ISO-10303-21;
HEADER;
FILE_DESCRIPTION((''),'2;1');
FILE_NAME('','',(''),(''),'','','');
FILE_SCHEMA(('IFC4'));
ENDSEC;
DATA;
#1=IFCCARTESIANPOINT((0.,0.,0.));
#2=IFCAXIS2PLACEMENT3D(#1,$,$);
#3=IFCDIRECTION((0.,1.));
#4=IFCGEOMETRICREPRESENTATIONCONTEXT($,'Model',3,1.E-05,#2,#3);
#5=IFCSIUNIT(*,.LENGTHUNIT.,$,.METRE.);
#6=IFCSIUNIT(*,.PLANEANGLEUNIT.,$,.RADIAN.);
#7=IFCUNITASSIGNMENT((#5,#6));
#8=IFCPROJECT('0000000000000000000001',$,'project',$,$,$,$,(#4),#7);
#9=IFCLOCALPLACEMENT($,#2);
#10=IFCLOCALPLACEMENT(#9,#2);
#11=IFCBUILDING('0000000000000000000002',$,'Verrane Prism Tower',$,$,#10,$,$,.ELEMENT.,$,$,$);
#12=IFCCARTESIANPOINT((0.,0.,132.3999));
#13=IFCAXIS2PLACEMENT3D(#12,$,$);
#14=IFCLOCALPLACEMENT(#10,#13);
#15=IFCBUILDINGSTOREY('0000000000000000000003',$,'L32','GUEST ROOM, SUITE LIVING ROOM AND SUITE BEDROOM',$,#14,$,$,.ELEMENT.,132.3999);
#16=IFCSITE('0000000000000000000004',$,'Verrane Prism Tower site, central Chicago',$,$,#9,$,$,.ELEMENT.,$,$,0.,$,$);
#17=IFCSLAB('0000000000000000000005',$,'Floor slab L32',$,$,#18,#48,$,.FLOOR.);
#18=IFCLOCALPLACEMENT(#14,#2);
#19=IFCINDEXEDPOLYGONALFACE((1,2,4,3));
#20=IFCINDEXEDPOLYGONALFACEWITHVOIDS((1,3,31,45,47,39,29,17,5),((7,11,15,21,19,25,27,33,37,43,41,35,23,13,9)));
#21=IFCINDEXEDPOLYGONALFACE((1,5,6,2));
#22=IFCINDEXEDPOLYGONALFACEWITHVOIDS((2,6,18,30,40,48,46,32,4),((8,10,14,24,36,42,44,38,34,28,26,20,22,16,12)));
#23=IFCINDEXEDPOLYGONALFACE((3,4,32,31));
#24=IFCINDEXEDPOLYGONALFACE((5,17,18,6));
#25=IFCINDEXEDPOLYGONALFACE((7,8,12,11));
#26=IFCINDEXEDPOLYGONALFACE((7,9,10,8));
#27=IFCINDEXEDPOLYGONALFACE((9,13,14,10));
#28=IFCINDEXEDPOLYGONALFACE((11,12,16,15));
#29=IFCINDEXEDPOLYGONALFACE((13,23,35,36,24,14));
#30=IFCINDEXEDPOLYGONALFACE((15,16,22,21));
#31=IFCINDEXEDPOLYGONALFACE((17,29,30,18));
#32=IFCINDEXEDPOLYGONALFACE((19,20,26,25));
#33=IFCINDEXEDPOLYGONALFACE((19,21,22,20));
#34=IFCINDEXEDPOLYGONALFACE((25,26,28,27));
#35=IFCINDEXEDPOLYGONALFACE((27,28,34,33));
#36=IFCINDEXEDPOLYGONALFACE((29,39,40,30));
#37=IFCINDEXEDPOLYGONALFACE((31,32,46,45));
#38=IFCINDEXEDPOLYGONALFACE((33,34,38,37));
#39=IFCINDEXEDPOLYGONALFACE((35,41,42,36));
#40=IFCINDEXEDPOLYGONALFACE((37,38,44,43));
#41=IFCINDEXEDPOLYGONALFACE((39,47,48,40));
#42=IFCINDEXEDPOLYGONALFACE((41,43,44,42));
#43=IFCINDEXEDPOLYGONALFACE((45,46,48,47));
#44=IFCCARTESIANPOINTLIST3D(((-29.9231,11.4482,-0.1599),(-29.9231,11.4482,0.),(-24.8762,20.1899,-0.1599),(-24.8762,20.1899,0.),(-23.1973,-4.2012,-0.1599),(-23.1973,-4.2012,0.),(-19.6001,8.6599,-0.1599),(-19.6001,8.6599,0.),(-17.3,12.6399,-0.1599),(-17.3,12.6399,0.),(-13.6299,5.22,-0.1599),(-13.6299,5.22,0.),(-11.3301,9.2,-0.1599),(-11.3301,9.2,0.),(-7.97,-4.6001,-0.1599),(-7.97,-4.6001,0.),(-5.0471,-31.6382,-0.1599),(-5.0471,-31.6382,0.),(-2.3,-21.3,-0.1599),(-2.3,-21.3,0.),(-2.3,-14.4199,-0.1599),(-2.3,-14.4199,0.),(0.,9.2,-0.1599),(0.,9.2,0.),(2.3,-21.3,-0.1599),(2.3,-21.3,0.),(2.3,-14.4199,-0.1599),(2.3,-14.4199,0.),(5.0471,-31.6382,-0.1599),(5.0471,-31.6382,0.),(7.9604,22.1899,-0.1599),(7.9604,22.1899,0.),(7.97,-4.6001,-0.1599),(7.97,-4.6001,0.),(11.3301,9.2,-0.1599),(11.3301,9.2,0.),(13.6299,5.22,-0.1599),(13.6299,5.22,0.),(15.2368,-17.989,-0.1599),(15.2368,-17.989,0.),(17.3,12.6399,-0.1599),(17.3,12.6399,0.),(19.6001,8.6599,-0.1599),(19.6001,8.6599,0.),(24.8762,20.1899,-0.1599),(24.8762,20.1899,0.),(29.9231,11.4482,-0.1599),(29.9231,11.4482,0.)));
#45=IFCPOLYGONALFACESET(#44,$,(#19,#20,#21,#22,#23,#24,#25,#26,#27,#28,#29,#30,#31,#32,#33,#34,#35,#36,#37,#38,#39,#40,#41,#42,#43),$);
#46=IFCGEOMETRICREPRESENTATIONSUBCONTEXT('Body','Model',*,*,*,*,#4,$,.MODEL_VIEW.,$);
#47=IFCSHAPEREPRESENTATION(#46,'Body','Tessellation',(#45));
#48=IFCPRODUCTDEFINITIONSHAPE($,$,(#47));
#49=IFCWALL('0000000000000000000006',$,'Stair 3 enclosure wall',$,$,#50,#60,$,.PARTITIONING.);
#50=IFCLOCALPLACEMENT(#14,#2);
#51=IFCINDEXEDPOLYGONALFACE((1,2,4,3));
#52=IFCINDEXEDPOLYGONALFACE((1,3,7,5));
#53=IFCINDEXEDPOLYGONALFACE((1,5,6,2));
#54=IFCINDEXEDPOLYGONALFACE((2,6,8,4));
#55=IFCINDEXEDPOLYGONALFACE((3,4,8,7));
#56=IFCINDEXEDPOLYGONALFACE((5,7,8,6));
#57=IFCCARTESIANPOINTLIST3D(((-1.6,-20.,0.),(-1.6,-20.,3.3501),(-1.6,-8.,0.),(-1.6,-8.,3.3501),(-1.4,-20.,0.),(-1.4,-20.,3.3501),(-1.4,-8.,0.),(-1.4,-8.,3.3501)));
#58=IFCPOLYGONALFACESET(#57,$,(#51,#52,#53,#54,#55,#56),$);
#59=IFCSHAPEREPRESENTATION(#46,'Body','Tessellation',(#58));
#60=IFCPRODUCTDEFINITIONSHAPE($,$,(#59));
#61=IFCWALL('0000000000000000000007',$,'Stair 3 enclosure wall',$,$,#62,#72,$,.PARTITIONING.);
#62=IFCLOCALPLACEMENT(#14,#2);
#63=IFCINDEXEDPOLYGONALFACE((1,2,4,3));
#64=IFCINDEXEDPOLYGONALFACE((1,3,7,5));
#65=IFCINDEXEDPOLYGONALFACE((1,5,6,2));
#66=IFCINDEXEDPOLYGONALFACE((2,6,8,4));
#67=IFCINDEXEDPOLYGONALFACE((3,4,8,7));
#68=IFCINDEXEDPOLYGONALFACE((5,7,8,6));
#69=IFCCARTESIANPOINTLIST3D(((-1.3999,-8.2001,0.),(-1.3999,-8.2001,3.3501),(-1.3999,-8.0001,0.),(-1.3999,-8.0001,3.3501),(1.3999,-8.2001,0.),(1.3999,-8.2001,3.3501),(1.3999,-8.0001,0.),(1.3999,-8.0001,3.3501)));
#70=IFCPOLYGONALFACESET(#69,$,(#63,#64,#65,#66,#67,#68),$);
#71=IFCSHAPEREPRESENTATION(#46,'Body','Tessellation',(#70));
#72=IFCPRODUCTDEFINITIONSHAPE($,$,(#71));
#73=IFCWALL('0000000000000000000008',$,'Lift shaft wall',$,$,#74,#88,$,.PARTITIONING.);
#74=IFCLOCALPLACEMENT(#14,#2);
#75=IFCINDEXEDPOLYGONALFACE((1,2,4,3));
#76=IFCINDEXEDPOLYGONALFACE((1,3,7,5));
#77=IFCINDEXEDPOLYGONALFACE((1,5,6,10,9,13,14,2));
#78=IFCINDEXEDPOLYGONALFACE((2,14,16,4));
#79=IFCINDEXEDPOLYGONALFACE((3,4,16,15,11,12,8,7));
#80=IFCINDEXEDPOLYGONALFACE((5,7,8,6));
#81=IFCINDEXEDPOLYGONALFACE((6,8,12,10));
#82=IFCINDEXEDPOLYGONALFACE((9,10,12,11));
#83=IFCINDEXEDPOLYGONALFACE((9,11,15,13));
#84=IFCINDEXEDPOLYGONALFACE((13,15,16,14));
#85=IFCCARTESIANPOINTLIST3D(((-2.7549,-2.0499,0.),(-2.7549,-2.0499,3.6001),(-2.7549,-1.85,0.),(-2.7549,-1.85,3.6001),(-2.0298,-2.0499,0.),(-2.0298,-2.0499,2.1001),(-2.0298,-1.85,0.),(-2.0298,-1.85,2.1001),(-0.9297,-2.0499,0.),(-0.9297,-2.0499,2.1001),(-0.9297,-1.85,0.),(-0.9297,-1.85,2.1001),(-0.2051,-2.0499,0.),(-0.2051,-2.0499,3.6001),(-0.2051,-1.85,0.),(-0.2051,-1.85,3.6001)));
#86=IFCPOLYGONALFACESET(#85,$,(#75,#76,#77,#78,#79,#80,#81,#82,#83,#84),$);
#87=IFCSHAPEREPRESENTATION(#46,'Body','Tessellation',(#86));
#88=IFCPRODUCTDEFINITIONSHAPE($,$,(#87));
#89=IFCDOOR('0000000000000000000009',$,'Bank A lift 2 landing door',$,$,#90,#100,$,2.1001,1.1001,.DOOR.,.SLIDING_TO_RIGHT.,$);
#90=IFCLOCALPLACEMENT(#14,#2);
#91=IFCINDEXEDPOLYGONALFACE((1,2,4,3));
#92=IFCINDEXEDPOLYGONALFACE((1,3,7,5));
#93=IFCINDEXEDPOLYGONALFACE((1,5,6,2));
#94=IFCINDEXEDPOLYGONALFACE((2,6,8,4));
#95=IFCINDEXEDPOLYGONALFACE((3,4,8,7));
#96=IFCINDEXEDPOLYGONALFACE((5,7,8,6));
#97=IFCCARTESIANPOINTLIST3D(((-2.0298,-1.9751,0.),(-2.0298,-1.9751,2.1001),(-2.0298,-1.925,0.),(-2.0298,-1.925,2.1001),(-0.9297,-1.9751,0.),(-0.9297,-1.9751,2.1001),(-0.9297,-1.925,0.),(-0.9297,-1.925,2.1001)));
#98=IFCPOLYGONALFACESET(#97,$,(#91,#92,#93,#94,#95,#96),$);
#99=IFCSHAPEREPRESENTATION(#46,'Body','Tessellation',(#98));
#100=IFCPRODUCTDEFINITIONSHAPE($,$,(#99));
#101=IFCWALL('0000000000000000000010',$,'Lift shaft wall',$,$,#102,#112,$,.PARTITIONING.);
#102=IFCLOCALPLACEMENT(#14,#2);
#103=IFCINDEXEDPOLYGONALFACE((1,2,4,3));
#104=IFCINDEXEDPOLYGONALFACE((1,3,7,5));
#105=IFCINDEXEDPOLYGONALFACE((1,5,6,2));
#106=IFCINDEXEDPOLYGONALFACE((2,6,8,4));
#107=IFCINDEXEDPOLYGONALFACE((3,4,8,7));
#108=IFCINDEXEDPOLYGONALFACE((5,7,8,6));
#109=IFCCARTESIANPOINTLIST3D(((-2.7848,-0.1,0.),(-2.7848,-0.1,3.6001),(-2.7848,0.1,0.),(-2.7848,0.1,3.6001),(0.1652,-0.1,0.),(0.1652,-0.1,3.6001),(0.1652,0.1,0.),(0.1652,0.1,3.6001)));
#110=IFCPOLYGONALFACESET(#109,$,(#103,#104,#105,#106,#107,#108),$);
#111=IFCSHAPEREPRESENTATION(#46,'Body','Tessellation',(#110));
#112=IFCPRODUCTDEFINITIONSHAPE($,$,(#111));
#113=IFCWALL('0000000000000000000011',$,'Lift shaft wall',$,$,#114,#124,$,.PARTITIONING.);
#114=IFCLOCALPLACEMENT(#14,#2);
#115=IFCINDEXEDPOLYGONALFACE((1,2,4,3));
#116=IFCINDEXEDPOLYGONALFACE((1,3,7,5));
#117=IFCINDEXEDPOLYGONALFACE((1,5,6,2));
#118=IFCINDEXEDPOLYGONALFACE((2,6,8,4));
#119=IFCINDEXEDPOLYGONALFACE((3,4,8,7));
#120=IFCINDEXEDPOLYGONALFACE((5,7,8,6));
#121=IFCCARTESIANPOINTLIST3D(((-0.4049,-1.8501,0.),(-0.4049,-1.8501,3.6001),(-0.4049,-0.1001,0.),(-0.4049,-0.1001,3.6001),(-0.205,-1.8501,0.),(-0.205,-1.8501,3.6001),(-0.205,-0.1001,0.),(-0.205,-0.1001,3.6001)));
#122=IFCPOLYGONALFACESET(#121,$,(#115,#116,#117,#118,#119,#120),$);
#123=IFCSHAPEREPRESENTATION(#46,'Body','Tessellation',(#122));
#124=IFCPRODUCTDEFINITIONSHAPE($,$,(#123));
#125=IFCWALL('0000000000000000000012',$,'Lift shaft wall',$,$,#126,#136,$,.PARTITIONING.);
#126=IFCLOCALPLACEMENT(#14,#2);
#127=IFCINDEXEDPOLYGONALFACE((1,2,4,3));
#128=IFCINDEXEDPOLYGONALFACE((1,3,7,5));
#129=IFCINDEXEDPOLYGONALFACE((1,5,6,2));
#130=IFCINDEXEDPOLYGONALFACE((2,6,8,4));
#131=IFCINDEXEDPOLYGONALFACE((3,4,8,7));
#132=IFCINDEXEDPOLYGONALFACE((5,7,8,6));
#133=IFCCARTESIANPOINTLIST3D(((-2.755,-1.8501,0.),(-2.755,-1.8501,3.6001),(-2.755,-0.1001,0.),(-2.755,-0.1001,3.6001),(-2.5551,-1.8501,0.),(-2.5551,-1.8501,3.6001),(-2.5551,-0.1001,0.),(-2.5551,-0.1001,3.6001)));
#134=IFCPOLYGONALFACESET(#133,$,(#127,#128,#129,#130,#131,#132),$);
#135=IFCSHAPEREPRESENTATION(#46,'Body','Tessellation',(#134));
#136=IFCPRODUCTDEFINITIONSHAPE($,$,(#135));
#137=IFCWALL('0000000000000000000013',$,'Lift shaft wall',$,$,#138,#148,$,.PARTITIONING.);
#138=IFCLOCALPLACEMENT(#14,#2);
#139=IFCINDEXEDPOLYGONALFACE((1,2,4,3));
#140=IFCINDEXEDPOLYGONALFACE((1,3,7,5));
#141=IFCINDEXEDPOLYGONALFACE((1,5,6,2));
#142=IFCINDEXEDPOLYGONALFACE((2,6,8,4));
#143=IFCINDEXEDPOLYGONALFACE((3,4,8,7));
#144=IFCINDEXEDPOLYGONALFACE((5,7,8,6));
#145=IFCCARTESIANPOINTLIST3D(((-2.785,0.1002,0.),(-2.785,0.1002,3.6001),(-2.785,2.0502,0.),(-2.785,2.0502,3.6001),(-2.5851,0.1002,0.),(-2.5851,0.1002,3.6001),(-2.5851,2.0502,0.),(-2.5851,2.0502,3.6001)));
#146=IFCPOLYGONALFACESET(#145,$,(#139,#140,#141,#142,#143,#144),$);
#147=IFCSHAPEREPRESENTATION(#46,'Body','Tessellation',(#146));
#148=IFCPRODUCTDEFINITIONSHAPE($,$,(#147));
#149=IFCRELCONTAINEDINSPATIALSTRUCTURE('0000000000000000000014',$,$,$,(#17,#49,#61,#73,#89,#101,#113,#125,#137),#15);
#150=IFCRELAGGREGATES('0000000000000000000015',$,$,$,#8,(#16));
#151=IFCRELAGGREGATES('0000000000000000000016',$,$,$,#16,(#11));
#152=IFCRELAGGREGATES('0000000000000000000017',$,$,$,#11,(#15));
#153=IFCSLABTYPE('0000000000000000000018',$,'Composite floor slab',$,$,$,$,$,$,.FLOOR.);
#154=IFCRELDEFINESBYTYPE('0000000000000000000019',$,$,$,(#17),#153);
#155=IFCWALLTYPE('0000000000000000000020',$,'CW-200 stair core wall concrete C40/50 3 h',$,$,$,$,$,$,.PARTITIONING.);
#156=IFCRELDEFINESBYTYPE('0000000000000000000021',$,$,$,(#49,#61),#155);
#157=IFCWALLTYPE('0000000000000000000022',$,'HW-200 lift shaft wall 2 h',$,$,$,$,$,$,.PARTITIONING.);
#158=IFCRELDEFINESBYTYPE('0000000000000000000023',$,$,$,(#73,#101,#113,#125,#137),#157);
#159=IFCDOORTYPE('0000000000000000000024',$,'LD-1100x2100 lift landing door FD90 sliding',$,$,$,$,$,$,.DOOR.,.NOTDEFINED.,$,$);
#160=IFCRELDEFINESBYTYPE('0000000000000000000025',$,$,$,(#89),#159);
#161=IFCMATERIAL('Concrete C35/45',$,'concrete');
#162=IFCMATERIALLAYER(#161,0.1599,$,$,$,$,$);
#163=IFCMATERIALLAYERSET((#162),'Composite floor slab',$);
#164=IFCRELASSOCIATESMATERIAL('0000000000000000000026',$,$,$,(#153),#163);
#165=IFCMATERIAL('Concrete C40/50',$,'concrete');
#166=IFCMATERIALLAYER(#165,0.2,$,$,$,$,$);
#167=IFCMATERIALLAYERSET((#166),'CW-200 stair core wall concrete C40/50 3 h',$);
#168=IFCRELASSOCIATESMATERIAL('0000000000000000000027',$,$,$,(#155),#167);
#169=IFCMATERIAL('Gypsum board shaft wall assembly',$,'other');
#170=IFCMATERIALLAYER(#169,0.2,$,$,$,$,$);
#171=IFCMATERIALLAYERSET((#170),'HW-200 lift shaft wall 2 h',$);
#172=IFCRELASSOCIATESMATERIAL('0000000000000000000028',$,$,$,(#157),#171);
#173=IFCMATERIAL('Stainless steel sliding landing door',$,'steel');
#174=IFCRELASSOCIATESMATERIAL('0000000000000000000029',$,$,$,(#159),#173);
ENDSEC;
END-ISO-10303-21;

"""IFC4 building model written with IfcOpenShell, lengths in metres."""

from ifc_helpers import new_model, si_unit, direction, frame, frame_2d, origin, place, context, subcontext, project, spatial, polyline, rectangle, outline, extrude, material, layer, layer_set, type_object, element, fill, save


model = new_model("IFC4")

# Units and contexts
model_context = context("Model", 3, precision=1e-05, world=origin(), true_north=direction((0.0, 1.0)))
body_context = subcontext(model_context, "Body", "Model", "MODEL_VIEW")
ifc_project = project(units=[si_unit("LENGTHUNIT", "METRE"), si_unit("PLANEANGLEUNIT", "RADIAN")], contexts=[model_context])

# Site, building, storey
site_placement = place(None, origin())
site = spatial("IfcSite", under=ifc_project, at=site_placement, Name="Verrane Prism Tower site, central Chicago", CompositionType="ELEMENT", RefElevation=0.0)
building_placement = place(site_placement, origin())
building = spatial("IfcBuilding", under=site, at=building_placement, Name="Verrane Prism Tower", CompositionType="ELEMENT")
storey_placement = place(building_placement, frame((0.0, 0.0, 132.3999)))
storey = spatial("IfcBuildingStorey", under=building, at=storey_placement, Name="L32", Description="GUEST ROOM, SUITE LIVING ROOM AND SUITE BEDROOM", CompositionType="ELEMENT", Elevation=132.3999)

# Slab
ifc_material_1 = material(Name="Concrete C35/45", Category="concrete")
ifc_layer_1 = layer(ifc_material_1, 0.1599)
ifc_layer_set_1 = layer_set([ifc_layer_1], Name="Composite floor slab")
slab_type = type_object("IfcSlabType", Name="Composite floor slab", PredefinedType="FLOOR", material=ifc_layer_set_1)
slab_placement = place(storey_placement, frame((0.0, 0.0, -0.1599)))
element("IfcSlab", 1, at=slab_placement, inside=storey, type_object=slab_type, Name="Floor slab L32", PredefinedType="FLOOR", context=body_context, shape_type="SweptSolid", body=[
    extrude(outline(polyline([(15.2368, -17.989), (5.0471, -31.6382), (-5.0471, -31.6382), (-23.1973, -4.2012), (-29.9231, 11.4482), (-24.8762, 20.1899), (7.9604, 22.1899), (24.8762, 20.1899), (29.9231, 11.4482), (15.2368, -17.989)]), holes=[polyline([(19.6001, 8.6599), (17.3, 12.6399), (11.3301, 9.2), (0.0, 9.2), (-11.3301, 9.2), (-17.3, 12.6399), (-19.6001, 8.6599), (-13.6299, 5.22), (-7.97, -4.6001), (-2.3, -14.4199), (-2.3, -21.3), (2.3, -21.3), (2.3, -14.4199), (7.97, -4.6001), (13.6299, 5.22), (19.6001, 8.6599)])]), origin(), (0.0, 0.0, 1.0), 0.1599),
])

# Walls
ifc_material_2 = material(Name="Concrete C40/50", Category="concrete")
ifc_layer_2 = layer(ifc_material_2, 0.2)
ifc_layer_set_2 = layer_set([ifc_layer_2], Name="CW-200 stair core wall concrete C40/50 3 h")
wall_type_1 = type_object("IfcWallType", Name="CW-200 stair core wall concrete C40/50 3 h", PredefinedType="PARTITIONING", material=ifc_layer_set_2)
wall_1_placement = place(storey_placement, frame((-1.5, -8.0, 0.0), z_axis=(0.0, 0.0, 1.0), x_axis=(0.0, -1.0, 0.0)))
element("IfcWall", 2, at=wall_1_placement, inside=storey, type_object=wall_type_1, Name="Stair 3 enclosure wall", PredefinedType="PARTITIONING", context=body_context, shape_type="SweptSolid", body=[
    extrude(rectangle(XDim=12.0, YDim=0.2, at=frame_2d((6.0, 0.0))), origin(), (0.0, 0.0, 1.0), 3.3501),
])
wall_2_placement = place(storey_placement, frame((-1.3999, -8.1001, 0.0), z_axis=(0.0, 0.0, 1.0), x_axis=(1.0, 0.0, 0.0)))
element("IfcWall", 3, at=wall_2_placement, inside=storey, type_object=wall_type_1, Name="Stair 3 enclosure wall", PredefinedType="PARTITIONING", context=body_context, shape_type="SweptSolid", body=[
    extrude(rectangle(XDim=2.7998, YDim=0.2, at=frame_2d((1.3999, 0.0))), origin(), (0.0, 0.0, 1.0), 3.3501),
])

# Wall, opening, door
ifc_material_3 = material(Name="Gypsum board shaft wall assembly", Category="other")
ifc_layer_3 = layer(ifc_material_3, 0.2)
ifc_layer_set_3 = layer_set([ifc_layer_3], Name="HW-200 lift shaft wall 2 h")
wall_type_2 = type_object("IfcWallType", Name="HW-200 lift shaft wall 2 h", PredefinedType="PARTITIONING", material=ifc_layer_set_3)
wall_3_placement = place(storey_placement, frame((-2.7549, -1.95, 0.0), z_axis=(0.0, 0.0, 1.0), x_axis=(1.0, 0.0, 0.0)))
wall_3 = element("IfcWall", 4, at=wall_3_placement, inside=storey, type_object=wall_type_2, Name="Lift shaft wall", PredefinedType="PARTITIONING", context=body_context, shape_type="SweptSolid", body=[
    extrude(rectangle(XDim=2.5498, YDim=0.2, at=frame_2d((1.2749, 0.0))), origin(), (0.0, 0.0, 1.0), 3.6001),
])
opening_1_placement = place(wall_3_placement, frame((0.7251, 0.0, 0.0)))
opening_1 = element("IfcOpeningElement", 5, at=opening_1_placement, cuts=wall_3, PredefinedType="OPENING", context=body_context, shape_type="SweptSolid", body=[
    extrude(rectangle(XDim=1.1001, YDim=2.1001, at=frame_2d((0.55, 1.05))), frame((0.0, 0.1099, 0.0), z_axis=(0.0, -1.0, 0.0), x_axis=(1.0, 0.0, 0.0)), (0.0, 0.0, 1.0), 0.22),
])
ifc_material_4 = material(Name="Stainless steel sliding landing door", Category="steel")
door_type_1 = type_object("IfcDoorType", Name="LD-1100x2100 lift landing door FD90 sliding", OperationType="NOTDEFINED", PredefinedType="DOOR", material=ifc_material_4)
door_1_placement = place(opening_1_placement, origin())
door_1 = element("IfcDoor", 6, at=door_1_placement, inside=storey, type_object=door_type_1, Name="Bank A lift 2 landing door", OperationType="SLIDING_TO_RIGHT", OverallHeight=2.1001, OverallWidth=1.1001, PredefinedType="DOOR", context=body_context, shape_type="SweptSolid", body=[
    extrude(rectangle(XDim=1.1001, YDim=2.1001, at=frame_2d((0.55, 1.05))), frame((0.0, 0.0249, 0.0), z_axis=(0.0, -1.0, 0.0), x_axis=(1.0, 0.0, 0.0)), (0.0, 0.0, 1.0), 0.05),
])
fill(opening_1, door_1)

# Walls
wall_4_placement = place(storey_placement, frame((-2.7849, 0.0, 0.0), z_axis=(0.0, 0.0, 1.0), x_axis=(1.0, 0.0, 0.0)))
element("IfcWall", 7, at=wall_4_placement, inside=storey, type_object=wall_type_2, Name="Lift shaft wall", PredefinedType="PARTITIONING", context=body_context, shape_type="SweptSolid", body=[
    extrude(rectangle(XDim=2.95, YDim=0.2, at=frame_2d((1.4751, 0.0))), origin(), (0.0, 0.0, 1.0), 3.6001),
])
for number, where, z_axis, x_axis, name in (
    (8, (-0.3049, -1.8501, 0.0), (0.0, 0.0, 1.0), (0.0, 1.0, 0.0), "Lift shaft wall"),
    (9, (-2.655, -1.8501, 0.0), (0.0, 0.0, 1.0), (0.0, 1.0, 0.0), "Lift shaft wall"),
):
    element("IfcWall", number, at=place(storey_placement, frame(where, z_axis=z_axis, x_axis=x_axis)), inside=storey, type_object=wall_type_2, Name=name, PredefinedType="PARTITIONING", context=body_context, shape_type="SweptSolid", body=[
        extrude(rectangle(XDim=1.75, YDim=0.2, at=frame_2d((0.875, 0.0))), origin(), (0.0, 0.0, 1.0), 3.6001),
    ])
wall_5_placement = place(storey_placement, frame((-2.6851, 0.1001, 0.0), z_axis=(0.0, 0.0, 1.0), x_axis=(0.0, 1.0, 0.0)))
element("IfcWall", 10, at=wall_5_placement, inside=storey, type_object=wall_type_2, Name="Lift shaft wall", PredefinedType="PARTITIONING", context=body_context, shape_type="SweptSolid", body=[
    extrude(rectangle(XDim=1.95, YDim=0.2, at=frame_2d((0.9751, 0.0))), origin(), (0.0, 0.0, 1.0), 3.6001),
])

save(model, "model.ifc")
